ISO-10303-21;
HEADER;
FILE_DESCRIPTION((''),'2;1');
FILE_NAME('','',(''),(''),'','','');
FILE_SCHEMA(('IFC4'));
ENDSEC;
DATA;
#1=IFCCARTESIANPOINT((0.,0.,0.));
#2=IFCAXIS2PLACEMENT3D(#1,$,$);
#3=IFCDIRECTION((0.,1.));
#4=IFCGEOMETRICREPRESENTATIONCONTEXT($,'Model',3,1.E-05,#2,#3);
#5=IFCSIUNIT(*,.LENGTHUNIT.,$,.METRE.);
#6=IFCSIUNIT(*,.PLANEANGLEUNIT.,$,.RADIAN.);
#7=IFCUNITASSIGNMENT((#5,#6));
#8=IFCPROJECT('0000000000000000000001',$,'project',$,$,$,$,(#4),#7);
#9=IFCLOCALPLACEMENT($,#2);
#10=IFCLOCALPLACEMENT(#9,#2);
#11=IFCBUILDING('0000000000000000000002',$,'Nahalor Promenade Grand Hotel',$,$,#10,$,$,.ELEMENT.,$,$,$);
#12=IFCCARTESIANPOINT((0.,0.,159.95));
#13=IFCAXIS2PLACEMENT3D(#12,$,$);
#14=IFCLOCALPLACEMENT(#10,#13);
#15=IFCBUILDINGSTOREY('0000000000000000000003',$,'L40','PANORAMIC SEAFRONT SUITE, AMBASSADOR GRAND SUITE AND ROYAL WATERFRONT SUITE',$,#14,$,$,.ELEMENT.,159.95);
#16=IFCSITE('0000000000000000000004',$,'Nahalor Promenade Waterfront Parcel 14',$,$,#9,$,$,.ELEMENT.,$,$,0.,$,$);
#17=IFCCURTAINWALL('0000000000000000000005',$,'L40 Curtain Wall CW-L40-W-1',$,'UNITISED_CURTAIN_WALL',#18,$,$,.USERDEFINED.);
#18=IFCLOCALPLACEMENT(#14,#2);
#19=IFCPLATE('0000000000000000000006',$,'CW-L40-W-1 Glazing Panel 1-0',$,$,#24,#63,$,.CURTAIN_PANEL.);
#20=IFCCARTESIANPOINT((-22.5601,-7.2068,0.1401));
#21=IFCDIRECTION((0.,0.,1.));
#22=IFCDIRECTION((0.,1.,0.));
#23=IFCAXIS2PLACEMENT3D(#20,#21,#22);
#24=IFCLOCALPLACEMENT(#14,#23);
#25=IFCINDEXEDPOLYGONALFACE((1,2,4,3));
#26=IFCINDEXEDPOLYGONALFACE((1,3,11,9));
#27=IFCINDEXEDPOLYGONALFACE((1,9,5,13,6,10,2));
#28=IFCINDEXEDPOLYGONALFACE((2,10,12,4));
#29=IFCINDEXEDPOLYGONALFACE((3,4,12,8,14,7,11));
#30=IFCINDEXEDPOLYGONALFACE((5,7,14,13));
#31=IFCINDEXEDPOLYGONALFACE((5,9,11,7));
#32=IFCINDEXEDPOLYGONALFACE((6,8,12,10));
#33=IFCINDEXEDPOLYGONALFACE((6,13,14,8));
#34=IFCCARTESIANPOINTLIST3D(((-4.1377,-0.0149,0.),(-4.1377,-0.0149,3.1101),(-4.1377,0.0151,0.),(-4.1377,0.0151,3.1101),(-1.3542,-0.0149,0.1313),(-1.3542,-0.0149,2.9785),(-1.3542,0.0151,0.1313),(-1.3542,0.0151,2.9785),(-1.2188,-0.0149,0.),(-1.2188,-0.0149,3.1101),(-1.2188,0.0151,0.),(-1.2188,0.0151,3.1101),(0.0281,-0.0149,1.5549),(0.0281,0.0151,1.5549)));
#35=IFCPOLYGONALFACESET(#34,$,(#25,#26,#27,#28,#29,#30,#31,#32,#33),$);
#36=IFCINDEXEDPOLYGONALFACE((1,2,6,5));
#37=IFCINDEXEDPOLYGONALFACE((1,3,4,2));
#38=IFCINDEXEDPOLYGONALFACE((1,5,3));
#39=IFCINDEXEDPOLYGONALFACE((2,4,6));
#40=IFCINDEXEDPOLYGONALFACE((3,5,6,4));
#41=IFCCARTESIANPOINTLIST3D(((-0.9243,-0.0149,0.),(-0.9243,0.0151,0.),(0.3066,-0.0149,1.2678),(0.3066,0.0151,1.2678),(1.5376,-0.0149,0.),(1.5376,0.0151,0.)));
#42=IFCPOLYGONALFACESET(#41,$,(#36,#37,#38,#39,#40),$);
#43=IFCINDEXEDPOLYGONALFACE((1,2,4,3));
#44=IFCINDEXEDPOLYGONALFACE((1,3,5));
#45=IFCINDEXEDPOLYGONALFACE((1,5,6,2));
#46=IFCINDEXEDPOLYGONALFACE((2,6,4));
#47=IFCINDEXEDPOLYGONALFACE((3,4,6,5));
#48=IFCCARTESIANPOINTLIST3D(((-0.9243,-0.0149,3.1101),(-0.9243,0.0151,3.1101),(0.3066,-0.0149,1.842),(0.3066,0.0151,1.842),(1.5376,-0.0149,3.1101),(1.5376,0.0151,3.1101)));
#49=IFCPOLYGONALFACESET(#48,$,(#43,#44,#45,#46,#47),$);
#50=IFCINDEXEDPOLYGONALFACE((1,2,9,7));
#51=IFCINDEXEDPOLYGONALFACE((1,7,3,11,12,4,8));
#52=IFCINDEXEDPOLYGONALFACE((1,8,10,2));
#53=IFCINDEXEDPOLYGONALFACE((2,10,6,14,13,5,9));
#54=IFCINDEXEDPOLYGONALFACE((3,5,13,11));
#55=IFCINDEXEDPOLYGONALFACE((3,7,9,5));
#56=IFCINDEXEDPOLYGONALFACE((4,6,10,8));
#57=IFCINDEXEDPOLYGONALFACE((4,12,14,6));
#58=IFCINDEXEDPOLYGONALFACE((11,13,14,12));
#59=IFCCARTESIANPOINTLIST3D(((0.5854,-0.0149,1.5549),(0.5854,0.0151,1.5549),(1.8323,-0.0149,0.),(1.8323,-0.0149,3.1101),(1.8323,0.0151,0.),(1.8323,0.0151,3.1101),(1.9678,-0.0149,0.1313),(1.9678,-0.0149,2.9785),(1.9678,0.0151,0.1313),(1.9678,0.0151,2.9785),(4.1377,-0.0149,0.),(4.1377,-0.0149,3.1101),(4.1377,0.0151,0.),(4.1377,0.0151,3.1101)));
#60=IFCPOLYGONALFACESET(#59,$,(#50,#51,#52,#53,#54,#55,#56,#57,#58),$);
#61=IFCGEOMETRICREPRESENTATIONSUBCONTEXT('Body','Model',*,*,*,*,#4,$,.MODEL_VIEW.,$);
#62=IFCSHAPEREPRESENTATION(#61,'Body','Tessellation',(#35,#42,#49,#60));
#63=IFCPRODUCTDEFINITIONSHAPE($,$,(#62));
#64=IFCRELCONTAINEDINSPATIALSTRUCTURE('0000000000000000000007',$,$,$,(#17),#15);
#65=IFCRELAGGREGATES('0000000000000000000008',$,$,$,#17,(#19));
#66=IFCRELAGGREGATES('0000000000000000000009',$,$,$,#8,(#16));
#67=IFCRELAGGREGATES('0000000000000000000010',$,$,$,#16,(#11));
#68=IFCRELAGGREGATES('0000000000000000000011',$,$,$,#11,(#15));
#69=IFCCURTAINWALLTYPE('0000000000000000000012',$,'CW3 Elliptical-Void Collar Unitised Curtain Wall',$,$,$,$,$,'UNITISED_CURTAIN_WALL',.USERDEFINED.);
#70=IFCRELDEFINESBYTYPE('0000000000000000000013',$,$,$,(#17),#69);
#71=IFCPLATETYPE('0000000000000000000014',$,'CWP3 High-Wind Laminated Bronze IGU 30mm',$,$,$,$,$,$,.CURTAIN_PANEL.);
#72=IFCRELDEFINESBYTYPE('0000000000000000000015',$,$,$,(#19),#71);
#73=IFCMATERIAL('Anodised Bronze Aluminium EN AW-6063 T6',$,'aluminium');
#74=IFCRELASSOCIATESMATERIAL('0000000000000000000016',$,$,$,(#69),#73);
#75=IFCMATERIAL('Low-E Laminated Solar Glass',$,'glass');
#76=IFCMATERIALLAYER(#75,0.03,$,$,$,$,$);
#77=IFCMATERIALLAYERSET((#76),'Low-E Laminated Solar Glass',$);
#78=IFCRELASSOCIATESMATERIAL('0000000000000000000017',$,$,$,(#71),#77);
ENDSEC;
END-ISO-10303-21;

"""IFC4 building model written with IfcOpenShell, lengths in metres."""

from ifc_helpers import new_model, si_unit, direction, frame, origin, place, context, subcontext, project, spatial, polyline, outline, extrude, material, layer, layer_set, type_object, element, aggregate, save


model = new_model("IFC4")

# Units and contexts
model_context = context("Model", 3, precision=1e-05, world=origin(), true_north=direction((0.0, 1.0)))
body_context = subcontext(model_context, "Body", "Model", "MODEL_VIEW")
ifc_project = project(units=[si_unit("LENGTHUNIT", "METRE"), si_unit("PLANEANGLEUNIT", "RADIAN")], contexts=[model_context])

# Site, building, storey
site_placement = place(None, origin())
site = spatial("IfcSite", under=ifc_project, at=site_placement, Name="Nahalor Promenade Waterfront Parcel 14", CompositionType="ELEMENT", RefElevation=0.0)
building_placement = place(site_placement, origin())
building = spatial("IfcBuilding", under=site, at=building_placement, Name="Nahalor Promenade Grand Hotel", CompositionType="ELEMENT")
storey_placement = place(building_placement, frame((0.0, 0.0, 159.95)))
storey = spatial("IfcBuildingStorey", under=building, at=storey_placement, Name="L40", Description="PANORAMIC SEAFRONT SUITE, AMBASSADOR GRAND SUITE AND ROYAL WATERFRONT SUITE", CompositionType="ELEMENT", Elevation=159.95)

# Curtain wall
ifc_material_1 = material(Name="Anodised Bronze Aluminium EN AW-6063 T6", Category="aluminium")
curtain_wall_type = type_object("IfcCurtainWallType", Name="CW3 Elliptical-Void Collar Unitised Curtain Wall", ElementType="UNITISED_CURTAIN_WALL", PredefinedType="USERDEFINED", material=ifc_material_1)
curtain_wall_1_placement = place(storey_placement, origin())
curtain_wall_1 = element("IfcCurtainWall", 1, at=curtain_wall_1_placement, inside=storey, type_object=curtain_wall_type, Name="L40 Curtain Wall CW-L40-W-1", ObjectType="UNITISED_CURTAIN_WALL", PredefinedType="USERDEFINED")

# Plate
ifc_material_2 = material(Name="Low-E Laminated Solar Glass", Category="glass")
ifc_layer_1 = layer(ifc_material_2, 0.03)
ifc_layer_set_1 = layer_set([ifc_layer_1], Name="Low-E Laminated Solar Glass")
plate_type_1 = type_object("IfcPlateType", Name="CWP3 High-Wind Laminated Bronze IGU 30mm", PredefinedType="CURTAIN_PANEL", material=ifc_layer_set_1)
plate_1_placement = place(storey_placement, frame((-22.5601, -7.2068, 0.1401), z_axis=(0.0, 0.0, 1.0), x_axis=(0.0, 1.0, 0.0)))
plate_1 = element("IfcPlate", 2, at=plate_1_placement, type_object=plate_type_1, Name="CW-L40-W-1 Glazing Panel 1-0", PredefinedType="CURTAIN_PANEL", context=body_context, shape_type="SweptSolid", body=[
    extrude(outline(polyline([(-4.1377, 3.1101), (-4.1377, 0.0), (-1.2188, 0.0), (-1.3542, 0.1313), (0.0281, 1.5549), (-1.3542, 2.9785), (-1.2188, 3.1101), (-4.1377, 3.1101)])), frame((0.0, 0.0151, 0.0), z_axis=(0.0, -1.0, 0.0), x_axis=(1.0, 0.0, 0.0)), (0.0, 0.0, 1.0), 0.03),
    extrude(outline(polyline([(0.3066, 1.2678), (-0.9243, 0.0), (1.5376, 0.0), (0.3066, 1.2678)])), frame((0.0, 0.0151, 0.0), z_axis=(0.0, -1.0, 0.0), x_axis=(1.0, 0.0, 0.0)), (0.0, 0.0, 1.0), 0.03),
    extrude(outline(polyline([(0.3066, 1.842), (1.5376, 3.1101), (-0.9243, 3.1101), (0.3066, 1.842)])), frame((0.0, 0.0151, 0.0), z_axis=(0.0, -1.0, 0.0), x_axis=(1.0, 0.0, 0.0)), (0.0, 0.0, 1.0), 0.03),
    extrude(outline(polyline([(4.1377, 0.0), (4.1377, 3.1101), (1.8323, 3.1101), (1.9678, 2.9785), (0.5854, 1.5549), (1.9678, 0.1313), (1.8323, 0.0), (4.1377, 0.0)])), frame((0.0, 0.0151, 0.0), z_axis=(0.0, -1.0, 0.0), x_axis=(1.0, 0.0, 0.0)), (0.0, 0.0, 1.0), 0.03),
])
aggregate(curtain_wall_1, [plate_1])

save(model, "model.ifc")
